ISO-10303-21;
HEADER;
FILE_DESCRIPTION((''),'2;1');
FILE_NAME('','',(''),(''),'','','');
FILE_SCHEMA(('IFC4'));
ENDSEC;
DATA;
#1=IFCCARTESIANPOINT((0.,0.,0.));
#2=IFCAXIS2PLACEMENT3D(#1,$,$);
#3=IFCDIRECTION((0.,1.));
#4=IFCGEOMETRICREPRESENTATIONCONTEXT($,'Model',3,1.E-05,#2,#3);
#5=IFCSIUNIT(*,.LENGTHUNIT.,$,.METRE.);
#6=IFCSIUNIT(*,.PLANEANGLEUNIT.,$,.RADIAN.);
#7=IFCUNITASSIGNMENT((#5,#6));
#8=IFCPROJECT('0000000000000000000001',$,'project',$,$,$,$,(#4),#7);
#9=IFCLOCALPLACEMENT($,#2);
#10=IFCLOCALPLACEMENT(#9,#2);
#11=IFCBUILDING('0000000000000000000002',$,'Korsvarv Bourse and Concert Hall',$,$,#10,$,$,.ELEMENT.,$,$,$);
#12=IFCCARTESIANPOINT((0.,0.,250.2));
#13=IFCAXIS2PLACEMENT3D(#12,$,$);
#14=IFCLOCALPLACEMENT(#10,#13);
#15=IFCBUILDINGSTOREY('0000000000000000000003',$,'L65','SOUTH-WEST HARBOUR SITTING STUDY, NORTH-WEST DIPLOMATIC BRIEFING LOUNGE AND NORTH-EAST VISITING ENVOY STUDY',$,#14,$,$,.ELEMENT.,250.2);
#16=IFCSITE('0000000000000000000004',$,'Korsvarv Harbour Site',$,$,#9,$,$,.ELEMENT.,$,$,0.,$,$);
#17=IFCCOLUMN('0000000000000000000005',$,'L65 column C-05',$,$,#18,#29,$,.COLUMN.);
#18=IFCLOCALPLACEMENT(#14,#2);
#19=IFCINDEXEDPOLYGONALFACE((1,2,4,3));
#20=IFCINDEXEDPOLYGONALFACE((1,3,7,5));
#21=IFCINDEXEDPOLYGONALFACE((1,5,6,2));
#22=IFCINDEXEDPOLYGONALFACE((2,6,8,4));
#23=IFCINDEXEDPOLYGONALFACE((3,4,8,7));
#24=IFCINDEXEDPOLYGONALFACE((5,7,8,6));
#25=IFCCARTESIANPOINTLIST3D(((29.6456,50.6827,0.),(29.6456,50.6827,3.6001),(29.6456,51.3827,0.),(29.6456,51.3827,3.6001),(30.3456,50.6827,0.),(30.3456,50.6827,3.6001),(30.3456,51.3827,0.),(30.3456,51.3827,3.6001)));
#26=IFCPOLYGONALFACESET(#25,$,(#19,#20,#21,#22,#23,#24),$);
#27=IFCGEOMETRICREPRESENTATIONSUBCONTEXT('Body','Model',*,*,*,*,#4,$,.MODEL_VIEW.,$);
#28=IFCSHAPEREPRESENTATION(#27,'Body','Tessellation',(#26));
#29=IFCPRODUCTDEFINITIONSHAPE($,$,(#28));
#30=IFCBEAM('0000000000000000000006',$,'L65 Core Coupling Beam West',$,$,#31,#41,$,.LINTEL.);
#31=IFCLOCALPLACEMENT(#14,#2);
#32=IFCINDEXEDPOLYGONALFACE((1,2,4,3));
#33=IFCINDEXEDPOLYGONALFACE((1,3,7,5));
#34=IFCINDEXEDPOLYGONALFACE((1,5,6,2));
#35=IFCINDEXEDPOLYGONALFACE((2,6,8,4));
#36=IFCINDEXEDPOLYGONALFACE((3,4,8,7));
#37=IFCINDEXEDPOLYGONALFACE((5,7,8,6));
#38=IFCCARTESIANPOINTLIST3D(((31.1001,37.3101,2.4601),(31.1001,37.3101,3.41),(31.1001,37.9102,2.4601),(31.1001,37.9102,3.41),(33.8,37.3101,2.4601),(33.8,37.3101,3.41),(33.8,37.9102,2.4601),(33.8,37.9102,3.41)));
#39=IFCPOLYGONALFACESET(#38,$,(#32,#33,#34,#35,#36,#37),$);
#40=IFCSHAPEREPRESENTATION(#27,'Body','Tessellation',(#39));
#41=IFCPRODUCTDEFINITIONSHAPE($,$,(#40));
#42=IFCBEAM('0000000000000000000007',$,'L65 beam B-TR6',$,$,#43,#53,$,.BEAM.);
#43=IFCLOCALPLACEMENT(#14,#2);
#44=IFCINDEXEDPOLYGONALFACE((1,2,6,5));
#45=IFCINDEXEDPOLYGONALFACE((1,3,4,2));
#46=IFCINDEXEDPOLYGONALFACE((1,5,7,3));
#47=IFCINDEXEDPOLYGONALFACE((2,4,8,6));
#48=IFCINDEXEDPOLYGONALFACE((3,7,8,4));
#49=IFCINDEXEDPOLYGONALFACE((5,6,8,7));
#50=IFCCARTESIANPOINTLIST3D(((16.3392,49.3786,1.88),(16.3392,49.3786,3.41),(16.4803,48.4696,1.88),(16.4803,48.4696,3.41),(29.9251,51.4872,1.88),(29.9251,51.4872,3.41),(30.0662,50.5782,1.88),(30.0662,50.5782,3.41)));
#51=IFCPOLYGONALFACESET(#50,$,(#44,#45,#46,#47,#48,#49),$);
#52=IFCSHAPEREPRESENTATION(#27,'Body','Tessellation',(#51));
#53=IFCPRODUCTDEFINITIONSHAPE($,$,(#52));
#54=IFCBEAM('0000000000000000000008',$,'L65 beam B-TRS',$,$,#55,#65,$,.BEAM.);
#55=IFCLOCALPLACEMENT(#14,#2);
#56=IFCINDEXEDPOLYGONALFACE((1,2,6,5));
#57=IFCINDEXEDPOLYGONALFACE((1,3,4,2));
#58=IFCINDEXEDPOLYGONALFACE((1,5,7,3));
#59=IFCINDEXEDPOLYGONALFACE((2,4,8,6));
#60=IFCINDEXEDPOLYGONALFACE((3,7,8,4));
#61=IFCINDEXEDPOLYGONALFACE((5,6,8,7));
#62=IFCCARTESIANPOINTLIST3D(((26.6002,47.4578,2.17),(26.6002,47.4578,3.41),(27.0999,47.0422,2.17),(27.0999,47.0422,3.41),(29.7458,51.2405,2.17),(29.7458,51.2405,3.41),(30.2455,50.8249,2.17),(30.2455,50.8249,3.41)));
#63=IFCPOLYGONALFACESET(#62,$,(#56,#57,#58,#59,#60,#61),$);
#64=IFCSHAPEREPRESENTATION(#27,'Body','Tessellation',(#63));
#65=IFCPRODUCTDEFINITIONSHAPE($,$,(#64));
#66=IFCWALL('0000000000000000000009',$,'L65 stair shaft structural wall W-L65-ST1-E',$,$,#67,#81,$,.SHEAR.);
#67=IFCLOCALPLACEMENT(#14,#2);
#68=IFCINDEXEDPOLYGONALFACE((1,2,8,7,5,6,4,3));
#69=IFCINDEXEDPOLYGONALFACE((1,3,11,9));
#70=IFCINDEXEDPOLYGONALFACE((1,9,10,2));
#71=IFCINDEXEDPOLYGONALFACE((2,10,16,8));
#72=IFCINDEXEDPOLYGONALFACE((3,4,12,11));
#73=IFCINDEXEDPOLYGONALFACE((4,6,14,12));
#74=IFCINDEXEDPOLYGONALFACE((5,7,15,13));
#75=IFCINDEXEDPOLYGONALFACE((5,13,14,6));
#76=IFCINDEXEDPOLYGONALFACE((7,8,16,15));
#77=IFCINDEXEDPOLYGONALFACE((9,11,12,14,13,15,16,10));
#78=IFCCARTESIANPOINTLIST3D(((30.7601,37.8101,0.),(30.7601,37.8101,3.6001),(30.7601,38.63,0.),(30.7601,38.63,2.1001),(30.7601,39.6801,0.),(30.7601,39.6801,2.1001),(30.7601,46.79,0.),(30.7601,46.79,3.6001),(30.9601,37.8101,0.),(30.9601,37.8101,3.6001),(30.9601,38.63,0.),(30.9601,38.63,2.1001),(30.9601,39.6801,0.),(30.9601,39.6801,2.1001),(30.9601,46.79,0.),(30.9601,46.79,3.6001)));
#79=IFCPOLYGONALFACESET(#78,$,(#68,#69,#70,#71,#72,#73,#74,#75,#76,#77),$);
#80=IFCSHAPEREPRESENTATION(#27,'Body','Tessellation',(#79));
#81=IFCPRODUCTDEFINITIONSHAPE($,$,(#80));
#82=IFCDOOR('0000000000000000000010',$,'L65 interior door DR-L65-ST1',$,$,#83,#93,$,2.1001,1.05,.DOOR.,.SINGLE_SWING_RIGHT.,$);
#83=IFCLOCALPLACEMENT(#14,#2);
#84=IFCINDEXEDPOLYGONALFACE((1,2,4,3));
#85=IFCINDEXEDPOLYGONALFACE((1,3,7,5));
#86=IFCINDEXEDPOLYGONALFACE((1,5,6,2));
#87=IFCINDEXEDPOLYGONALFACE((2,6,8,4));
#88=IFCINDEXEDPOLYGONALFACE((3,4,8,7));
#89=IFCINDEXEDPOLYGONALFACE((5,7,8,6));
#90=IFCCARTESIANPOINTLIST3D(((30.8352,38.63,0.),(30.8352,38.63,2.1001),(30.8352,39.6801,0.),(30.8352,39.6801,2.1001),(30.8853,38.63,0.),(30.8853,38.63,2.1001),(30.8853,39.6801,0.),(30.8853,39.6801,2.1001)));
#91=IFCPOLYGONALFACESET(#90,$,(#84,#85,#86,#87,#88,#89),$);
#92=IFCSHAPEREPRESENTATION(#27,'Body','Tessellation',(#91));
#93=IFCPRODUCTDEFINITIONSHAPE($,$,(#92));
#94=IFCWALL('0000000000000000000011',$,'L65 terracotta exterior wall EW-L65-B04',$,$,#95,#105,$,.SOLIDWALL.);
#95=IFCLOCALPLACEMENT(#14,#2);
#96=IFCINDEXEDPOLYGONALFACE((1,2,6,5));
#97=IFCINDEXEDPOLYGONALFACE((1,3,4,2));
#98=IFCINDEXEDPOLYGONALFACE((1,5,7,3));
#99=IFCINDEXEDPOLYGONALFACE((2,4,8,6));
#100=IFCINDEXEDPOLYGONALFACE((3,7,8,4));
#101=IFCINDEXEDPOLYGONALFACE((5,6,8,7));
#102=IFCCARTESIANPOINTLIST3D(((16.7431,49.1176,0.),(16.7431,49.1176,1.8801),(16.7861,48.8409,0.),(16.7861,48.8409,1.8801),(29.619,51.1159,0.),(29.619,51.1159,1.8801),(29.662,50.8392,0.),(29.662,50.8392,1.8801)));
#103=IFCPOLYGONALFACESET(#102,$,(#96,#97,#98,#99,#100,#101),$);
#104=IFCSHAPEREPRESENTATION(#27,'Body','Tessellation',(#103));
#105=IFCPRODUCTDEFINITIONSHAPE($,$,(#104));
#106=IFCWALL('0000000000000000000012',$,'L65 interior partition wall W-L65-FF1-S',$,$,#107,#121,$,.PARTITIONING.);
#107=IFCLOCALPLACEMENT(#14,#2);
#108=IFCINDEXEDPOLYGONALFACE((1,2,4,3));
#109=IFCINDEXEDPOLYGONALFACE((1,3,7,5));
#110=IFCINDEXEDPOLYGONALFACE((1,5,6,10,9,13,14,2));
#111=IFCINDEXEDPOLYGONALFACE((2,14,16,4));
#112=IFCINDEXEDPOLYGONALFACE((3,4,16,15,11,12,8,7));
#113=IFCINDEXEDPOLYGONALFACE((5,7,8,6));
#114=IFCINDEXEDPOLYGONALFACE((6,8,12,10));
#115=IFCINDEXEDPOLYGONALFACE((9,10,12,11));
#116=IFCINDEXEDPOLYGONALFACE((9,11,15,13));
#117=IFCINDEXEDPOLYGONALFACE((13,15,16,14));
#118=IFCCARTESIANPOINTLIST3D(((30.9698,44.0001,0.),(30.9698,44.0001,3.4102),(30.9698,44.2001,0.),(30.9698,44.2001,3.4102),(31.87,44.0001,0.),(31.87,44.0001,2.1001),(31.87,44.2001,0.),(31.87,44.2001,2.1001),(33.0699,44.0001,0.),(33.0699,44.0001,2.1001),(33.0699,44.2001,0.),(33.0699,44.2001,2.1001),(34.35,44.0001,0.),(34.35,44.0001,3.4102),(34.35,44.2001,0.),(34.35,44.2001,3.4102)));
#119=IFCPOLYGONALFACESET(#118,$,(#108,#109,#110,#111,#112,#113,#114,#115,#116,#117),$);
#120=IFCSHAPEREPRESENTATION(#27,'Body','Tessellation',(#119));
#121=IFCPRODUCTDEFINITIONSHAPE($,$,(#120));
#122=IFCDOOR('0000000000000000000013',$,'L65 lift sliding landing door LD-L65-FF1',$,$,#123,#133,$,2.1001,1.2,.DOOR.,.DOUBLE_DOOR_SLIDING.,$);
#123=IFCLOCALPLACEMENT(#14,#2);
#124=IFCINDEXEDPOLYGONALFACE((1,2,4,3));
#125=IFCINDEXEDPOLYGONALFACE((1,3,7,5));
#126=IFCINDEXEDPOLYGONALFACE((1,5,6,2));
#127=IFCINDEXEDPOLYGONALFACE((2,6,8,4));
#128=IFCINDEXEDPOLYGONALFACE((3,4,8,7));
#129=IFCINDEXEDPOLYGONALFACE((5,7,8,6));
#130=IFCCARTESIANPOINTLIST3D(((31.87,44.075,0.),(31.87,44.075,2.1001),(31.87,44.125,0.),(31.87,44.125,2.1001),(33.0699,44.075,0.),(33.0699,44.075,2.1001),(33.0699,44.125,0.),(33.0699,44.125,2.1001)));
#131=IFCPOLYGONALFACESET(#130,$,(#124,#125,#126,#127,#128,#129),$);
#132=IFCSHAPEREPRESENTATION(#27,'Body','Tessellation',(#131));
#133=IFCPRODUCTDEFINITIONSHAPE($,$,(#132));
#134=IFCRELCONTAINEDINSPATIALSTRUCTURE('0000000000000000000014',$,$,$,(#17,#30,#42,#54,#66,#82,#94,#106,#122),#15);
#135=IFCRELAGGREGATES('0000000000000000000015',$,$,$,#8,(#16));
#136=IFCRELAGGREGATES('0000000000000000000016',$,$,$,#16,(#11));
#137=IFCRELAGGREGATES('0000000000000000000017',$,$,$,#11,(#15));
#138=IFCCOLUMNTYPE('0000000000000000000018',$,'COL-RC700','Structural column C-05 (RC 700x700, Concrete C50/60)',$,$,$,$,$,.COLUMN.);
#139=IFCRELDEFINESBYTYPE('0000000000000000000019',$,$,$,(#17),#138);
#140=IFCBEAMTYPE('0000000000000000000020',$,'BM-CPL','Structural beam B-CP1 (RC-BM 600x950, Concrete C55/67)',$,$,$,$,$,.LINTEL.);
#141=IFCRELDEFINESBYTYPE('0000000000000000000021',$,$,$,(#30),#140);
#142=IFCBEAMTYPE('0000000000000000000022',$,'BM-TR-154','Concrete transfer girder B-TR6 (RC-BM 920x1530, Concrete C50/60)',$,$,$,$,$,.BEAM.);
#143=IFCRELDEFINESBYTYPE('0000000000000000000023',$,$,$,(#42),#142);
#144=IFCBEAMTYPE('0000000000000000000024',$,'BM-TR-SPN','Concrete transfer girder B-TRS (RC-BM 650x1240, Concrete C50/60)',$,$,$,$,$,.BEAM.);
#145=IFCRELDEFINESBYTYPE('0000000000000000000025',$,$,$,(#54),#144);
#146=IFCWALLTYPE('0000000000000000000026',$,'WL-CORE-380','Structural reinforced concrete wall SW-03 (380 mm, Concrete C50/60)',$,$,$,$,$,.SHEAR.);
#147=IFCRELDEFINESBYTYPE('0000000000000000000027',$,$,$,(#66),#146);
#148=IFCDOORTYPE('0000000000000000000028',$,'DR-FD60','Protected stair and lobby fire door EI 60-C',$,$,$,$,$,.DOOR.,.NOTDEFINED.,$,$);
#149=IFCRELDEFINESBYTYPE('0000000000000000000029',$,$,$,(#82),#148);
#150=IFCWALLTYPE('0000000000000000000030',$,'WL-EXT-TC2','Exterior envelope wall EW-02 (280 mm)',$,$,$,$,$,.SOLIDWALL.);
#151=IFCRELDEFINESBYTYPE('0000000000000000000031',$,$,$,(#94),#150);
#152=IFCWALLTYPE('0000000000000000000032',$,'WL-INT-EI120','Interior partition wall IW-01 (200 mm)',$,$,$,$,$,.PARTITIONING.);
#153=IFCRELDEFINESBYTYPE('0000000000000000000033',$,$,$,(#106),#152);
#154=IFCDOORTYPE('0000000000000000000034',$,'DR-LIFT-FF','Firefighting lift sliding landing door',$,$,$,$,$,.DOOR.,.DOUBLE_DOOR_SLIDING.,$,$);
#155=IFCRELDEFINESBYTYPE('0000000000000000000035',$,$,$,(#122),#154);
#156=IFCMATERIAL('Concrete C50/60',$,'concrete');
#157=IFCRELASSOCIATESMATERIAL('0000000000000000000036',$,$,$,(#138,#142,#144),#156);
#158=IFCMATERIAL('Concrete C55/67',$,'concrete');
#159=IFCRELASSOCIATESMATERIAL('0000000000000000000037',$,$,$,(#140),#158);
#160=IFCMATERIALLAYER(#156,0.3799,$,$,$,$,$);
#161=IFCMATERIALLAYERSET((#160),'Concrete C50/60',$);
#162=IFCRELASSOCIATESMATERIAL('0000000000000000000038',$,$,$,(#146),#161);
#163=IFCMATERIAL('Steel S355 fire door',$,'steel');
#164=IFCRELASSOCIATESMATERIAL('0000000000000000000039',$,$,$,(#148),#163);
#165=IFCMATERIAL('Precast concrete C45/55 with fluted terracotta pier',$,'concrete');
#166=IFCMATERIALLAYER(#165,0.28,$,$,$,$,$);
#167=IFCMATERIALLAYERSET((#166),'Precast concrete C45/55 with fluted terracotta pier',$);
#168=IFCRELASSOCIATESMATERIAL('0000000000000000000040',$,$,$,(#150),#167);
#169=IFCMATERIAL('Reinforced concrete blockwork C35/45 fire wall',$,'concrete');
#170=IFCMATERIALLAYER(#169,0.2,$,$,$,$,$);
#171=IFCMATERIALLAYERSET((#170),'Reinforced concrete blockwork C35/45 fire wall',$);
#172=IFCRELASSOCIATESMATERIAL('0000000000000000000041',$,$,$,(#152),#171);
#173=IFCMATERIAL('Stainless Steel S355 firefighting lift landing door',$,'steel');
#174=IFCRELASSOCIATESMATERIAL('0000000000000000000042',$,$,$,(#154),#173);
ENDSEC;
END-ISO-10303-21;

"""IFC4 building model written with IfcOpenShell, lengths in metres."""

from ifc_helpers import new_model, si_unit, direction, frame, frame_2d, origin, origin_2d, place, context, subcontext, project, spatial, rectangle, extrude, source, transform, mapped, material, layer, layer_set, material_profile, profile_set, type_object, element, fill, save


model = new_model("IFC4")

# Units and contexts
model_context = context("Model", 3, precision=1e-05, world=origin(), true_north=direction((0.0, 1.0)))
body_context = subcontext(model_context, "Body", "Model", "MODEL_VIEW")
ifc_project = project(units=[si_unit("LENGTHUNIT", "METRE"), si_unit("PLANEANGLEUNIT", "RADIAN")], contexts=[model_context])

# Site, building, storey
site_placement = place(None, origin())
site = spatial("IfcSite", under=ifc_project, at=site_placement, Name="Korsvarv Harbour Site", CompositionType="ELEMENT", RefElevation=0.0)
building_placement = place(site_placement, origin())
building = spatial("IfcBuilding", under=site, at=building_placement, Name="Korsvarv Bourse and Concert Hall", CompositionType="ELEMENT")
storey_placement = place(building_placement, frame((0.0, 0.0, 250.2)))
storey = spatial("IfcBuildingStorey", under=building, at=storey_placement, Name="L65", Description="SOUTH-WEST HARBOUR SITTING STUDY, NORTH-WEST DIPLOMATIC BRIEFING LOUNGE AND NORTH-EAST VISITING ENVOY STUDY", CompositionType="ELEMENT", Elevation=250.2)

# Column
ifc_material_1 = material(Name="Concrete C50/60", Category="concrete")
ifc_material_profile_1 = material_profile(ifc_material_1, rectangle(XDim=0.7, YDim=0.7, at=origin_2d()), Name="RC 700x700")
ifc_profile_set_1 = profile_set([ifc_material_profile_1], Name="Concrete C50/60")
column_type = type_object("IfcColumnType", Name="COL-RC700", Description="Structural column C-05 (RC 700x700, Concrete C50/60)", PredefinedType="COLUMN", material=ifc_profile_set_1)
shared_shape_1 = source(origin(), body_context, "Body", "SweptSolid", [
    extrude(rectangle(XDim=0.7, YDim=0.7, at=origin_2d()), origin(), (0.0, 0.0, 1.0), 3.6001),
])
column_placement = place(storey_placement, frame((29.9956, 51.0327, 0.0), z_axis=(0.0, 0.0, 1.0), x_axis=(1.0, 0.0, 0.0)))
element("IfcColumn", 1, at=column_placement, inside=storey, type_object=column_type, Name="L65 column C-05", PredefinedType="COLUMN", context=body_context, shape_type="MappedRepresentation", body=[
    mapped(shared_shape_1, transform((0.0, 0.0, 0.0), scale=1.0)),
])

# Beams
ifc_material_2 = material(Name="Concrete C55/67", Category="concrete")
ifc_material_profile_2 = material_profile(ifc_material_2, rectangle(XDim=0.6001, YDim=0.95, at=origin_2d()), Name="RC-BM 600x950")
ifc_profile_set_2 = profile_set([ifc_material_profile_2], Name="Concrete C55/67")
beam_type_1 = type_object("IfcBeamType", Name="BM-CPL", Description="Structural beam B-CP1 (RC-BM 600x950, Concrete C55/67)", PredefinedType="LINTEL", material=ifc_profile_set_2)
shared_shape_2 = source(origin(), body_context, "Body", "SweptSolid", [
    extrude(rectangle(XDim=0.6001, YDim=0.95, at=origin_2d()), origin(), (0.0, 0.0, 1.0), 2.7),
])
beam_1_placement = place(storey_placement, frame((31.1001, 37.6101, 2.9351), z_axis=(1.0, 0.0, 0.0), x_axis=(0.0, 1.0, 0.0)))
element("IfcBeam", 2, at=beam_1_placement, inside=storey, type_object=beam_type_1, Name="L65 Core Coupling Beam West", PredefinedType="LINTEL", context=body_context, shape_type="MappedRepresentation", body=[
    mapped(shared_shape_2, transform((0.0, 0.0, 0.0), scale=1.0)),
])
ifc_material_profile_3 = material_profile(ifc_material_1, rectangle(XDim=0.9199, YDim=1.53, at=origin_2d()), Name="RC-BM 920x1530")
ifc_profile_set_3 = profile_set([ifc_material_profile_3], Name="Concrete C50/60")
beam_type_2 = type_object("IfcBeamType", Name="BM-TR-154", Description="Concrete transfer girder B-TR6 (RC-BM 920x1530, Concrete C50/60)", PredefinedType="BEAM", material=ifc_profile_set_3)
shared_shape_3 = source(origin(), body_context, "Body", "SweptSolid", [
    extrude(rectangle(XDim=0.9199, YDim=1.53, at=origin_2d()), origin(), (0.0, 0.0, 1.0), 13.7485),
])
beam_2_placement = place(storey_placement, frame((29.9956, 51.0327, 2.645), z_axis=(-0.988169, -0.153371, 0.0), x_axis=(0.153371, -0.988169, 0.0)))
element("IfcBeam", 3, at=beam_2_placement, inside=storey, type_object=beam_type_2, Name="L65 beam B-TR6", PredefinedType="BEAM", context=body_context, shape_type="MappedRepresentation", body=[
    mapped(shared_shape_3, transform((0.0, 0.0, 0.0), scale=1.0)),
])
ifc_material_profile_4 = material_profile(ifc_material_1, rectangle(XDim=0.6499, YDim=1.24, at=origin_2d()), Name="RC-BM 650x1240")
ifc_profile_set_4 = profile_set([ifc_material_profile_4], Name="Concrete C50/60")
beam_type_3 = type_object("IfcBeamType", Name="BM-TR-SPN", Description="Concrete transfer girder B-TRS (RC-BM 650x1240, Concrete C50/60)", PredefinedType="BEAM", material=ifc_profile_set_4)
shared_shape_4 = source(origin(), body_context, "Body", "SweptSolid", [
    extrude(rectangle(XDim=0.6499, YDim=1.24, at=origin_2d()), origin(), (0.0, 0.0, 1.0), 4.9197),
])
beam_3_placement = place(storey_placement, frame((29.9956, 51.0327, 2.79), z_axis=(-0.639374, -0.768896, 0.0), x_axis=(0.768896, -0.639374, 0.0)))
element("IfcBeam", 4, at=beam_3_placement, inside=storey, type_object=beam_type_3, Name="L65 beam B-TRS", PredefinedType="BEAM", context=body_context, shape_type="MappedRepresentation", body=[
    mapped(shared_shape_4, transform((0.0, 0.0, 0.0), scale=1.0)),
])

# Wall, opening, door
ifc_layer_1 = layer(ifc_material_1, 0.3799)
ifc_layer_set_1 = layer_set([ifc_layer_1], Name="Concrete C50/60")
wall_type_1 = type_object("IfcWallType", Name="WL-CORE-380", Description="Structural reinforced concrete wall SW-03 (380 mm, Concrete C50/60)", PredefinedType="SHEAR", material=ifc_layer_set_1)
wall_1_placement = place(storey_placement, frame((30.8601, 37.8101, 0.0), z_axis=(0.0, 0.0, 1.0), x_axis=(0.0, 1.0, 0.0)))
wall_1 = element("IfcWall", 5, at=wall_1_placement, inside=storey, type_object=wall_type_1, Name="L65 stair shaft structural wall W-L65-ST1-E", PredefinedType="SHEAR", context=body_context, shape_type="SweptSolid", body=[
    extrude(rectangle(XDim=8.98, YDim=0.2, at=frame_2d((4.49, 0.0))), origin(), (0.0, 0.0, 1.0), 3.6001),
])
opening_1_placement = place(wall_1_placement, frame((0.8201, 0.0, 0.0)))
opening_1 = element("IfcOpeningElement", 6, at=opening_1_placement, cuts=wall_1, PredefinedType="OPENING", context=body_context, shape_type="SweptSolid", body=[
    extrude(rectangle(XDim=1.05, YDim=2.1001, at=frame_2d((0.5249, 1.05))), frame((0.0, 0.1099, 0.0), z_axis=(0.0, -1.0, 0.0), x_axis=(1.0, 0.0, 0.0)), (0.0, 0.0, 1.0), 0.22),
])
ifc_material_3 = material(Name="Steel S355 fire door", Category="steel")
door_type_1 = type_object("IfcDoorType", Name="DR-FD60", Description="Protected stair and lobby fire door EI 60-C", OperationType="NOTDEFINED", PredefinedType="DOOR", material=ifc_material_3)
door_1_placement = place(opening_1_placement, origin())
door_1 = element("IfcDoor", 7, at=door_1_placement, inside=storey, type_object=door_type_1, Name="L65 interior door DR-L65-ST1", OperationType="SINGLE_SWING_RIGHT", OverallHeight=2.1001, OverallWidth=1.05, PredefinedType="DOOR", context=body_context, shape_type="SweptSolid", body=[
    extrude(rectangle(XDim=1.05, YDim=2.1001, at=frame_2d((0.5249, 1.05))), frame((0.0, 0.0249, 0.0), z_axis=(0.0, -1.0, 0.0), x_axis=(1.0, 0.0, 0.0)), (0.0, 0.0, 1.0), 0.05),
])
fill(opening_1, door_1)

# Wall
ifc_material_4 = material(Name="Precast concrete C45/55 with fluted terracotta pier", Category="concrete")
ifc_layer_2 = layer(ifc_material_4, 0.28)
ifc_layer_set_2 = layer_set([ifc_layer_2], Name="Precast concrete C45/55 with fluted terracotta pier")
wall_type_2 = type_object("IfcWallType", Name="WL-EXT-TC2", Description="Exterior envelope wall EW-02 (280 mm)", PredefinedType="SOLIDWALL", material=ifc_layer_set_2)
wall_2_placement = place(storey_placement, frame((29.6406, 50.9775, 0.0), z_axis=(0.0, 0.0, 1.0), x_axis=(-0.98817, -0.153359, 0.0)))
element("IfcWall", 8, at=wall_2_placement, inside=storey, type_object=wall_type_2, Name="L65 terracotta exterior wall EW-L65-B04", PredefinedType="SOLIDWALL", context=body_context, shape_type="SweptSolid", body=[
    extrude(rectangle(XDim=13.03, YDim=0.28, at=frame_2d((6.5151, 0.0))), origin(), (0.0, 0.0, 1.0), 1.8801),
])

# Wall, opening, door
ifc_material_5 = material(Name="Reinforced concrete blockwork C35/45 fire wall", Category="concrete")
ifc_layer_3 = layer(ifc_material_5, 0.2)
ifc_layer_set_3 = layer_set([ifc_layer_3], Name="Reinforced concrete blockwork C35/45 fire wall")
wall_type_3 = type_object("IfcWallType", Name="WL-INT-EI120", Description="Interior partition wall IW-01 (200 mm)", PredefinedType="PARTITIONING", material=ifc_layer_set_3)
wall_3_placement = place(storey_placement, frame((30.97, 44.1001, 0.0), z_axis=(0.0, 0.0, 1.0), x_axis=(1.0, 0.0, 0.0)))
wall_3 = element("IfcWall", 9, at=wall_3_placement, inside=storey, type_object=wall_type_3, Name="L65 interior partition wall W-L65-FF1-S", PredefinedType="PARTITIONING", context=body_context, shape_type="SweptSolid", body=[
    extrude(rectangle(XDim=3.3801, YDim=0.2, at=frame_2d((1.6899, 0.0))), origin(), (0.0, 0.0, 1.0), 3.4102),
])
opening_2_placement = place(wall_3_placement, frame((0.8999, 0.0, 0.0)))
opening_2 = element("IfcOpeningElement", 10, at=opening_2_placement, cuts=wall_3, PredefinedType="OPENING", context=body_context, shape_type="SweptSolid", body=[
    extrude(rectangle(XDim=1.2, YDim=2.1001, at=frame_2d((0.6001, 1.05))), frame((0.0, 0.1099, 0.0), z_axis=(0.0, -1.0, 0.0), x_axis=(1.0, 0.0, 0.0)), (0.0, 0.0, 1.0), 0.22),
])
ifc_material_6 = material(Name="Stainless Steel S355 firefighting lift landing door", Category="steel")
door_type_2 = type_object("IfcDoorType", Name="DR-LIFT-FF", Description="Firefighting lift sliding landing door", OperationType="DOUBLE_DOOR_SLIDING", PredefinedType="DOOR", material=ifc_material_6)
door_2_placement = place(opening_2_placement, origin())
door_2 = element("IfcDoor", 11, at=door_2_placement, inside=storey, type_object=door_type_2, Name="L65 lift sliding landing door LD-L65-FF1", OperationType="DOUBLE_DOOR_SLIDING", OverallHeight=2.1001, OverallWidth=1.2, PredefinedType="DOOR", context=body_context, shape_type="SweptSolid", body=[
    extrude(rectangle(XDim=1.2, YDim=2.1001, at=frame_2d((0.6001, 1.05))), frame((0.0, 0.0249, 0.0), z_axis=(0.0, -1.0, 0.0), x_axis=(1.0, 0.0, 0.0)), (0.0, 0.0, 1.0), 0.05),
])
fill(opening_2, door_2)

save(model, "model.ifc")
